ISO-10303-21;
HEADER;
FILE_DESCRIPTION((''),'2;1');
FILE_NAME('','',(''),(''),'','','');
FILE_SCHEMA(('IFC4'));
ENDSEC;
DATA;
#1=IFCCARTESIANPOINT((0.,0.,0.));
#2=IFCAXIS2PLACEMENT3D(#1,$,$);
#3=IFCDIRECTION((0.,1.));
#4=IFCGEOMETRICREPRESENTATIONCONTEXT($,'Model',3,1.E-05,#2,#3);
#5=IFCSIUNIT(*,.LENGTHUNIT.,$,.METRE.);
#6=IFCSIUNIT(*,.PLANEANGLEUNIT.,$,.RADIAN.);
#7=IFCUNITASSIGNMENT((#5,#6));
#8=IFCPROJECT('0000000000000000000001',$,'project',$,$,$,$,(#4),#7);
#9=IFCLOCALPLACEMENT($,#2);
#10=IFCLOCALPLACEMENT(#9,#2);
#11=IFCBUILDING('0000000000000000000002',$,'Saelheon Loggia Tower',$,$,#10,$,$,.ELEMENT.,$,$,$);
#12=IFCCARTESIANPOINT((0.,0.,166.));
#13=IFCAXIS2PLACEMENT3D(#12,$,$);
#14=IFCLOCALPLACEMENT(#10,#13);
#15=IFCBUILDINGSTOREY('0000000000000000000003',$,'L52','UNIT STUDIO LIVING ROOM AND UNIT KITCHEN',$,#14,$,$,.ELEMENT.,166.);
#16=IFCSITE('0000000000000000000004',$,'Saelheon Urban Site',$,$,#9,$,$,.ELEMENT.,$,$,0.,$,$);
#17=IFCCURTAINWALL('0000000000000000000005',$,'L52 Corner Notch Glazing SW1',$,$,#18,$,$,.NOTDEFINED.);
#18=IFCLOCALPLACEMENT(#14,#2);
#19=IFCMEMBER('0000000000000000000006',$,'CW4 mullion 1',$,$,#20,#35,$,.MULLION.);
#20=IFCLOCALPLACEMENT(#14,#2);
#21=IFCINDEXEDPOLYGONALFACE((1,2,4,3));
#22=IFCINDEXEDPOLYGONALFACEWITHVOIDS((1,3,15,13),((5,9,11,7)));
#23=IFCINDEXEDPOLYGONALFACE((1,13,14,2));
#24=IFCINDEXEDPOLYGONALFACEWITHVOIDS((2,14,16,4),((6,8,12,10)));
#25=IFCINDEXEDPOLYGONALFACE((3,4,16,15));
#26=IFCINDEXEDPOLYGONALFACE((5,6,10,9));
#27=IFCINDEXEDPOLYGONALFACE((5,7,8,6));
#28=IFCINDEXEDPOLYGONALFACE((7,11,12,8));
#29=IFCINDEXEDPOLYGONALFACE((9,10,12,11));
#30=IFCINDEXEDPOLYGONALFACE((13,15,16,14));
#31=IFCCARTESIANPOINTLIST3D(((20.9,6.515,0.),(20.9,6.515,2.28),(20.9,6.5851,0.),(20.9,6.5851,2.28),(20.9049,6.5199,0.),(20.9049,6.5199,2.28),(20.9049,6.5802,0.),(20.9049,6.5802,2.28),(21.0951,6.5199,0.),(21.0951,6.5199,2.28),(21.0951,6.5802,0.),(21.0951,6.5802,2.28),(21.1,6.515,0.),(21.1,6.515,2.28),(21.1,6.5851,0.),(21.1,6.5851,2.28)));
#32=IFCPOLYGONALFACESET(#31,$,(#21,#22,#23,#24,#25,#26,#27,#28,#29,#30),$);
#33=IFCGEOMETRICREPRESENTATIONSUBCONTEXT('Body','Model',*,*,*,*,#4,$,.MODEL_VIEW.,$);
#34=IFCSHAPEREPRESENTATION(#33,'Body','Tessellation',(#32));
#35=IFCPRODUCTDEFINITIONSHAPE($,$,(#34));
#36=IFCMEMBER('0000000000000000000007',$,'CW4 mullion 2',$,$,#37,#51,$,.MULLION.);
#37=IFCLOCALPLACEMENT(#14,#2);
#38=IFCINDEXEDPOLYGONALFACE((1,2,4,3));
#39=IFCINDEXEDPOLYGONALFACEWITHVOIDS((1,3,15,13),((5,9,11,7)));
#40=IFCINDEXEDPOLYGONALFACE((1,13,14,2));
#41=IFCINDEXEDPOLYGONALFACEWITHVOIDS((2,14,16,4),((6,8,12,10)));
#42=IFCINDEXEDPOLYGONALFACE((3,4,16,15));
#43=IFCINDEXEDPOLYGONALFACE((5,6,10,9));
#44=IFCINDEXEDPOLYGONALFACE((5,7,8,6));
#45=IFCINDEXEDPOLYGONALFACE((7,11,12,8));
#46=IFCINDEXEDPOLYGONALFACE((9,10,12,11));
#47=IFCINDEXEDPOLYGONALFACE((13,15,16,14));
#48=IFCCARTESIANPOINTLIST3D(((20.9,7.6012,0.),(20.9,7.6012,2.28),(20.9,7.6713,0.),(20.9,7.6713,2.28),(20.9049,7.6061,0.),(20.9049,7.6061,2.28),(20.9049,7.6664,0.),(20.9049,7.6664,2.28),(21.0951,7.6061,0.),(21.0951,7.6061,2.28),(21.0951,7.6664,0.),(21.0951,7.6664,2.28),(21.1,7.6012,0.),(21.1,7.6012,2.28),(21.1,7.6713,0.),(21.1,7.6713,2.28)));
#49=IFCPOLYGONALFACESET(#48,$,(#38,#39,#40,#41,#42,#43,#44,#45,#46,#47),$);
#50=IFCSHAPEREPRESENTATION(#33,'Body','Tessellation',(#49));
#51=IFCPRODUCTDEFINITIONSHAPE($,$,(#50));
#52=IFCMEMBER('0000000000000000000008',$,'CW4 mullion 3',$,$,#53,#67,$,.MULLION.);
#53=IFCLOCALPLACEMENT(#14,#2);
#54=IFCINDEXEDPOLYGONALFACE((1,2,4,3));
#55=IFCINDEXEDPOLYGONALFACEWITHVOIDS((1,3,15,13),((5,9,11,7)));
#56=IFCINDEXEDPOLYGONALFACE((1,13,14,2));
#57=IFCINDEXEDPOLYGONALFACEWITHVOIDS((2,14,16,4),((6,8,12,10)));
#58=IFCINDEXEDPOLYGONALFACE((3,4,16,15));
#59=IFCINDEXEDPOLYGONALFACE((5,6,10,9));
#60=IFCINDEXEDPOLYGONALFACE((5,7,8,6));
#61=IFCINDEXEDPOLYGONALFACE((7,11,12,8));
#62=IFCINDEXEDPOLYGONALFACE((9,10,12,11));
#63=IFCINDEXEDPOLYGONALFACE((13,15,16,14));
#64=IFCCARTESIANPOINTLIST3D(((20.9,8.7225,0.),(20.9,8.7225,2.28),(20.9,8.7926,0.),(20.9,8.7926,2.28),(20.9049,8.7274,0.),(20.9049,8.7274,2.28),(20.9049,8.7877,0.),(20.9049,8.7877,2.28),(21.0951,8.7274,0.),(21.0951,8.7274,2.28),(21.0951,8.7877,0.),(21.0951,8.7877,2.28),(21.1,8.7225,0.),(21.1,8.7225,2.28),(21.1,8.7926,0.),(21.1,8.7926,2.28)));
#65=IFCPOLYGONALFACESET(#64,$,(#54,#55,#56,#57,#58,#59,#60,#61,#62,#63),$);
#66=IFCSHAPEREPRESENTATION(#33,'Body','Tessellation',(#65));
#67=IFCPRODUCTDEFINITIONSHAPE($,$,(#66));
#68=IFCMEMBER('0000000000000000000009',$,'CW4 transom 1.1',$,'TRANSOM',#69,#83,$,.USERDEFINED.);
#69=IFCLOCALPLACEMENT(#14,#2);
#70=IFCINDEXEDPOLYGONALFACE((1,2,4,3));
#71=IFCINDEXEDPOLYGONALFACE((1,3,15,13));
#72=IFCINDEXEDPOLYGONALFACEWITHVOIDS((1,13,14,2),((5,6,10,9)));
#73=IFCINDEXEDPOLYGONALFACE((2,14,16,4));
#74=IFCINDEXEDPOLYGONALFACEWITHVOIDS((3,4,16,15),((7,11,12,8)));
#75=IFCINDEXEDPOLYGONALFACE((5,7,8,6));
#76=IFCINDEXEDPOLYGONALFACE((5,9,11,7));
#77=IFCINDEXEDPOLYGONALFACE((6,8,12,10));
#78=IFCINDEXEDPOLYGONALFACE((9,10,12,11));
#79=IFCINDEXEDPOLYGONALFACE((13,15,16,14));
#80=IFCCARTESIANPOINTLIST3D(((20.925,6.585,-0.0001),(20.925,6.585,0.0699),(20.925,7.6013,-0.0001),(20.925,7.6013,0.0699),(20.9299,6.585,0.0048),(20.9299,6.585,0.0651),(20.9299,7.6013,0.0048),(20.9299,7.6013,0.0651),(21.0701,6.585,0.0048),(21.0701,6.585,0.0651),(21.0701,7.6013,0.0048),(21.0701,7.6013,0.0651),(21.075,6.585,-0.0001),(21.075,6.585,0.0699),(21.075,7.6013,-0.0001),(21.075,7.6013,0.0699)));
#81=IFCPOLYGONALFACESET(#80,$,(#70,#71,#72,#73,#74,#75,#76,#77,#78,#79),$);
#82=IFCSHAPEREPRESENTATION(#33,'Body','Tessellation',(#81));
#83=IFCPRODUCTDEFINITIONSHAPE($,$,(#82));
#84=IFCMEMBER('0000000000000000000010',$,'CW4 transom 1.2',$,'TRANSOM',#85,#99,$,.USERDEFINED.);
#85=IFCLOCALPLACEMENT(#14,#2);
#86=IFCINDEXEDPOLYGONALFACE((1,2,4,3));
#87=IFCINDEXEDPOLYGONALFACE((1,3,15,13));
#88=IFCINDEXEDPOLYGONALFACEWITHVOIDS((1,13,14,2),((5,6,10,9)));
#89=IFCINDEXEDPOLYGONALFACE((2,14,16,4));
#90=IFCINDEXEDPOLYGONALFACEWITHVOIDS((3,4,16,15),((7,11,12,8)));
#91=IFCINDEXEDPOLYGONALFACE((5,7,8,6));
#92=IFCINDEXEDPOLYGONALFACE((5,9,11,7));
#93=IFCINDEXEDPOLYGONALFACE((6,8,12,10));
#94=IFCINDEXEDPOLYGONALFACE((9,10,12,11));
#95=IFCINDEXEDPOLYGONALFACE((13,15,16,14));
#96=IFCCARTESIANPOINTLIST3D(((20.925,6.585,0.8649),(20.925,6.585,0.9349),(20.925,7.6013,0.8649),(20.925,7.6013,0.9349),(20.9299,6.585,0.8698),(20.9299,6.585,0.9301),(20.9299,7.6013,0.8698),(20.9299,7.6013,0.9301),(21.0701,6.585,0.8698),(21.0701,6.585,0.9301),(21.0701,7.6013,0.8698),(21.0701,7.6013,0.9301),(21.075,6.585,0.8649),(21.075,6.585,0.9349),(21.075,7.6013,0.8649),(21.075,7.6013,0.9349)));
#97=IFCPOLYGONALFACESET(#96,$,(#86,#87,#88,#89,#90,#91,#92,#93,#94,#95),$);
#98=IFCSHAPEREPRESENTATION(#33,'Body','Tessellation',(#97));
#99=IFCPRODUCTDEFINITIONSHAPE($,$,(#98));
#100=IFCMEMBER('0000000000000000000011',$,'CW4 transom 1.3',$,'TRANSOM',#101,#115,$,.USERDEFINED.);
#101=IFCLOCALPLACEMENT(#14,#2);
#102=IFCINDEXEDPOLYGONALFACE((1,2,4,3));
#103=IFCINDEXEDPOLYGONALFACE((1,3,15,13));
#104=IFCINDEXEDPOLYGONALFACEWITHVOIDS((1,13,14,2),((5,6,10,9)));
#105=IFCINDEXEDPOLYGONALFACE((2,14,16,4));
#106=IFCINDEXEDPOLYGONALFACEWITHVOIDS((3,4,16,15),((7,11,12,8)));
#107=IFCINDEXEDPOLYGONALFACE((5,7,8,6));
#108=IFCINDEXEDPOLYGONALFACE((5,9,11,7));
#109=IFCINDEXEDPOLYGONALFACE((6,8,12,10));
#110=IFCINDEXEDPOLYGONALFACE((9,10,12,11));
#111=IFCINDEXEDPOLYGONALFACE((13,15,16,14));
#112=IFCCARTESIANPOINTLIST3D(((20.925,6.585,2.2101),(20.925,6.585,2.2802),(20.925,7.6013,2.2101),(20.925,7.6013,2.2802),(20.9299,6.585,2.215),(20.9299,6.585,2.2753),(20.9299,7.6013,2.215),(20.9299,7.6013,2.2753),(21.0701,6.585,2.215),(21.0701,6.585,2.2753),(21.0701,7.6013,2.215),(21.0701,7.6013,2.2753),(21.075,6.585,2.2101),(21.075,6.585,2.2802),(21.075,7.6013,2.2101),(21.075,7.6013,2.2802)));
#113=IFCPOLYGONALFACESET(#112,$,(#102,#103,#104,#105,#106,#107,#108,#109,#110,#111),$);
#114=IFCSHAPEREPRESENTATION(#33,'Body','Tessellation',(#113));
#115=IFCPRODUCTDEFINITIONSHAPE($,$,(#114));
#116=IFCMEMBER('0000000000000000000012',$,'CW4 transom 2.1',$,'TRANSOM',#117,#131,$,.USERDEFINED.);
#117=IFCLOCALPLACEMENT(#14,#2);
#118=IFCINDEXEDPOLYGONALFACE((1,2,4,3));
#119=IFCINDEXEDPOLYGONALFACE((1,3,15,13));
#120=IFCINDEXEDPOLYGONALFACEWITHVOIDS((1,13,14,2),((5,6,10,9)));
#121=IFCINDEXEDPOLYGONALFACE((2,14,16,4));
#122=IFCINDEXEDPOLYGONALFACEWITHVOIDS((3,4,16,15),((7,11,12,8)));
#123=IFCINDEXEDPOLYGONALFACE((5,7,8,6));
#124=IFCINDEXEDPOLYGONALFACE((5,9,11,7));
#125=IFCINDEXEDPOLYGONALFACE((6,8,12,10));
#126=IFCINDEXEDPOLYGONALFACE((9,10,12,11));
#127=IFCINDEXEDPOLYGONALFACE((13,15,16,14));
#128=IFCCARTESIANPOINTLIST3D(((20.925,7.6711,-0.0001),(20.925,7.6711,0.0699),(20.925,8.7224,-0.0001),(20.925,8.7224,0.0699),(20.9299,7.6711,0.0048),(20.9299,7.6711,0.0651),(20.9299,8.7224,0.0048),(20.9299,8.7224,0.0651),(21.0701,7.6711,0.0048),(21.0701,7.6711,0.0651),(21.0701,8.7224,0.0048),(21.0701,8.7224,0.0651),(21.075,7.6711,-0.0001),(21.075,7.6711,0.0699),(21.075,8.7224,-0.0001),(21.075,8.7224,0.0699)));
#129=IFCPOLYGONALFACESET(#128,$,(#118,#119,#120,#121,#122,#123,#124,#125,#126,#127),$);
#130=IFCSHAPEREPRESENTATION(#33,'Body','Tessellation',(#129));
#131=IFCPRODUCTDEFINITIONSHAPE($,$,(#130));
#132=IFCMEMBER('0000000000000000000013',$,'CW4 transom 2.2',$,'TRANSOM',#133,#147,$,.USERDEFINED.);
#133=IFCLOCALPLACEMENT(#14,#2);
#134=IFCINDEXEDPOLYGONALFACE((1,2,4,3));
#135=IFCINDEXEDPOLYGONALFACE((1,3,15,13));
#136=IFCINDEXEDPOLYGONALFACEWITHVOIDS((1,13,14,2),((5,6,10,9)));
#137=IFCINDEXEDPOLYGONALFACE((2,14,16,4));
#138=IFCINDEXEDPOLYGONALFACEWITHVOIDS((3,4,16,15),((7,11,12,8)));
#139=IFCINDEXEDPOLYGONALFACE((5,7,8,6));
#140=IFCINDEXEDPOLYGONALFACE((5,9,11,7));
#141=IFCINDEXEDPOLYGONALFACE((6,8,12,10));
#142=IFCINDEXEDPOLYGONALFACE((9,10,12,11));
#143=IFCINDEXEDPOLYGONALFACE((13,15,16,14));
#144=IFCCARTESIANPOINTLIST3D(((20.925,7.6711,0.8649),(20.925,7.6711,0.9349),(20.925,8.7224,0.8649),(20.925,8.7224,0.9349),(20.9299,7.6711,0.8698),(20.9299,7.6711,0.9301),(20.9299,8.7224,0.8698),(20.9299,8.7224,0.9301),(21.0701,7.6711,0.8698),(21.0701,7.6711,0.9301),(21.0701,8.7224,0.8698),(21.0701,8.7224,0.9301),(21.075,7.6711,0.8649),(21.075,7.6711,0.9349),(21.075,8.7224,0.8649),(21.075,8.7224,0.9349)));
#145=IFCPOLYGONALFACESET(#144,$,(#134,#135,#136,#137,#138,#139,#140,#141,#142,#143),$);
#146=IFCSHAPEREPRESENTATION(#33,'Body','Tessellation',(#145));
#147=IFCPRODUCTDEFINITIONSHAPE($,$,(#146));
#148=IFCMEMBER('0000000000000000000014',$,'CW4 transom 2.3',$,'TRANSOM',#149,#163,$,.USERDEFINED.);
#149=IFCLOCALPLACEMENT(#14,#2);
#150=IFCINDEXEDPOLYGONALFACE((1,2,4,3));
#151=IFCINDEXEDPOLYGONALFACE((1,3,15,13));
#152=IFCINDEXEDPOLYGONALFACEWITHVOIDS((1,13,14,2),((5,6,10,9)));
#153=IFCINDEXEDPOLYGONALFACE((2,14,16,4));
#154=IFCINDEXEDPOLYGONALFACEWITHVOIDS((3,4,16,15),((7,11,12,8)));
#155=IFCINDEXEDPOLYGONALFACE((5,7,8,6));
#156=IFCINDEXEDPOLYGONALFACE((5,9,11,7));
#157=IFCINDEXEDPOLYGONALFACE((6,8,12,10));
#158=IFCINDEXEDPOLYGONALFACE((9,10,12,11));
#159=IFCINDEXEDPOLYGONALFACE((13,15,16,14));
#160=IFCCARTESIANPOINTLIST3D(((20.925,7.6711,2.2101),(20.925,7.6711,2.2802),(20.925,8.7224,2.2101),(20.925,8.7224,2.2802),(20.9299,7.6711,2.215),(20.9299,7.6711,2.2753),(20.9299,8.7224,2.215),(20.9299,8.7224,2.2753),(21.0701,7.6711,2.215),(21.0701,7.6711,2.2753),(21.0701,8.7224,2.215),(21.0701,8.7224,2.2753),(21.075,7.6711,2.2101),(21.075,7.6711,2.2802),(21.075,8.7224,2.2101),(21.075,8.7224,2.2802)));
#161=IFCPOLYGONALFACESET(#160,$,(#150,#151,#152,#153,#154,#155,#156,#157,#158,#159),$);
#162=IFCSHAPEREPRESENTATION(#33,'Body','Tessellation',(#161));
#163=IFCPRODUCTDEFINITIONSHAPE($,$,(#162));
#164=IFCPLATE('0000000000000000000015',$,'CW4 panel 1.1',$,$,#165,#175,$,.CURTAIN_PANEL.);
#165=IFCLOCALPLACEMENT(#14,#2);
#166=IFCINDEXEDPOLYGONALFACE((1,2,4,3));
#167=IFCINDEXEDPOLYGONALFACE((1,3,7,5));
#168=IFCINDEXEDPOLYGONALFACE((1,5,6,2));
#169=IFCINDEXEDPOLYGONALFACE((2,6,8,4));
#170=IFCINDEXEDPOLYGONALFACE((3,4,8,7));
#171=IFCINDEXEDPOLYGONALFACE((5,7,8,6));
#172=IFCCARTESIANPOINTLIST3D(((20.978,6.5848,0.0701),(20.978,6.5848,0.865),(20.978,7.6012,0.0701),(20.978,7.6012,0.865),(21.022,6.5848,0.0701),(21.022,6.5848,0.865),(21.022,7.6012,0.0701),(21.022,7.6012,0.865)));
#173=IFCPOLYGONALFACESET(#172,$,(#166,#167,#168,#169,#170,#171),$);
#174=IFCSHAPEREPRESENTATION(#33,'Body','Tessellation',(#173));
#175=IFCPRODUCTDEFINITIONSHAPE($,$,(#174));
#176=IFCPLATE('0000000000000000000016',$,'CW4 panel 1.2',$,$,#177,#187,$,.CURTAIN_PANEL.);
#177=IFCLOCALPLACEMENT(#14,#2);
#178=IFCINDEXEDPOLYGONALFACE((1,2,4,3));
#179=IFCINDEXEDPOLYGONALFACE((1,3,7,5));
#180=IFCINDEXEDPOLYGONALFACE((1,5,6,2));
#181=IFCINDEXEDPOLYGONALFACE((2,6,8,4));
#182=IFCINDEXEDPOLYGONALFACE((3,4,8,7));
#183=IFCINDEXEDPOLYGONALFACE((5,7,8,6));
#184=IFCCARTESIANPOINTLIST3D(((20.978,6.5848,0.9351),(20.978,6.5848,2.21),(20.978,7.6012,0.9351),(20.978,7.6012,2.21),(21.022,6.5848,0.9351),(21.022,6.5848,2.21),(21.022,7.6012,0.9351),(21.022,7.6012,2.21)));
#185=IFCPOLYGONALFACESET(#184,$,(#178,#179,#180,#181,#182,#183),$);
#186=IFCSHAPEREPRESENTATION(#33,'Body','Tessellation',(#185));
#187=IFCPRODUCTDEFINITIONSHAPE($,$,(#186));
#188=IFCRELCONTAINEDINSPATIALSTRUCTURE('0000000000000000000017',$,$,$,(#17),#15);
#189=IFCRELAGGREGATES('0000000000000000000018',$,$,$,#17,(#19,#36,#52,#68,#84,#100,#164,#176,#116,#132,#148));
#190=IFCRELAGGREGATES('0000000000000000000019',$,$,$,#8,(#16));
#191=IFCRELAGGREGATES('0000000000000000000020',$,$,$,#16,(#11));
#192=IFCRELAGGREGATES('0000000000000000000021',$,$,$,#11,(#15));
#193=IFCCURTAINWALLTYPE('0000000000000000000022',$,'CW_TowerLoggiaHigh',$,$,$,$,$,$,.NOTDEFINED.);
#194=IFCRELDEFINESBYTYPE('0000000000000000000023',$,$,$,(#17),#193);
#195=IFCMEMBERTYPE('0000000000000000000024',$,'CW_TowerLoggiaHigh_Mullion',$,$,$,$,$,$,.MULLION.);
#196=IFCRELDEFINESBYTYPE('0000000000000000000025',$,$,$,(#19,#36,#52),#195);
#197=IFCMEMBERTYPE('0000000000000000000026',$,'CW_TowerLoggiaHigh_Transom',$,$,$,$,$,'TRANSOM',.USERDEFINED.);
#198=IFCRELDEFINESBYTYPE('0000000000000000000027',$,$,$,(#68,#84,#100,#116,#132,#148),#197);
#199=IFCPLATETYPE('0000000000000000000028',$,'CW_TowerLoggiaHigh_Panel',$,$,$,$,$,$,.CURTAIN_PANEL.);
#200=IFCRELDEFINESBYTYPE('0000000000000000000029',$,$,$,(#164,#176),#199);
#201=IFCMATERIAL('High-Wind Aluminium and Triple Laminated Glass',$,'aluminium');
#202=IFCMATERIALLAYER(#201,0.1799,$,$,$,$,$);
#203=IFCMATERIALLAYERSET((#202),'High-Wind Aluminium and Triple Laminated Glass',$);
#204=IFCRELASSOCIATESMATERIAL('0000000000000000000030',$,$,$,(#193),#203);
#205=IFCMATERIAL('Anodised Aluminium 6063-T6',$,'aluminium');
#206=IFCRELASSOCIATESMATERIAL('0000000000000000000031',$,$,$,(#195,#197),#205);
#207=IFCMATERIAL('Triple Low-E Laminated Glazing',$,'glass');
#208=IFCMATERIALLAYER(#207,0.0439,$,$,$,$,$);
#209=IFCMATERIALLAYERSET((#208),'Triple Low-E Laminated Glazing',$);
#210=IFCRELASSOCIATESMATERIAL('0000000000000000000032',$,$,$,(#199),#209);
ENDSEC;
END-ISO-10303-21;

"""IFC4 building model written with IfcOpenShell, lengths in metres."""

from ifc_helpers import new_model, si_unit, direction, frame, origin, origin_2d, place, context, subcontext, project, spatial, rectangle, hollow_rectangle, extrude, source, transform, mapped, material, layer, layer_set, material_profile, profile_set, type_object, element, aggregate, save


model = new_model("IFC4")

# Units and contexts
model_context = context("Model", 3, precision=1e-05, world=origin(), true_north=direction((0.0, 1.0)))
body_context = subcontext(model_context, "Body", "Model", "MODEL_VIEW")
ifc_project = project(units=[si_unit("LENGTHUNIT", "METRE"), si_unit("PLANEANGLEUNIT", "RADIAN")], contexts=[model_context])

# Site, building, storey
site_placement = place(None, origin())
site = spatial("IfcSite", under=ifc_project, at=site_placement, Name="Saelheon Urban Site", CompositionType="ELEMENT", RefElevation=0.0)
building_placement = place(site_placement, origin())
building = spatial("IfcBuilding", under=site, at=building_placement, Name="Saelheon Loggia Tower", CompositionType="ELEMENT")
storey_placement = place(building_placement, frame((0.0, 0.0, 166.0)))
storey = spatial("IfcBuildingStorey", under=building, at=storey_placement, Name="L52", Description="UNIT STUDIO LIVING ROOM AND UNIT KITCHEN", CompositionType="ELEMENT", Elevation=166.0)

# Curtain wall, members, plates
ifc_material_1 = material(Name="High-Wind Aluminium and Triple Laminated Glass", Category="aluminium")
ifc_layer_1 = layer(ifc_material_1, 0.1799)
ifc_layer_set_1 = layer_set([ifc_layer_1], Name="High-Wind Aluminium and Triple Laminated Glass")
curtain_wall_type = type_object("IfcCurtainWallType", Name="CW_TowerLoggiaHigh", PredefinedType="NOTDEFINED", material=ifc_layer_set_1)
curtain_wall_placement = place(storey_placement, origin())
curtain_wall = element("IfcCurtainWall", 1, at=curtain_wall_placement, inside=storey, type_object=curtain_wall_type, Name="L52 Corner Notch Glazing SW1", PredefinedType="NOTDEFINED")
ifc_material_2 = material(Name="Anodised Aluminium 6063-T6", Category="aluminium")
ifc_material_profile_1 = material_profile(ifc_material_2, hollow_rectangle(XDim=0.0701, YDim=0.2, WallThickness=0.0049, at=origin_2d()), Name="RHS-200x70x5")
ifc_profile_set_1 = profile_set([ifc_material_profile_1], Name="Anodised Aluminium 6063-T6")
member_type_1 = type_object("IfcMemberType", Name="CW_TowerLoggiaHigh_Mullion", PredefinedType="MULLION", material=ifc_profile_set_1)
shared_shape_1 = source(origin(), body_context, "Body", "SweptSolid", [
    extrude(hollow_rectangle(XDim=0.0701, YDim=0.2, WallThickness=0.0049, at=origin_2d()), origin(), (0.0, 0.0, 1.0), 2.28),
])
member_1_placement = place(storey_placement, frame((21.0, 6.55, 0.0), z_axis=(0.0, 0.0, 1.0), x_axis=(0.0, 1.0, 0.0)))
member_1 = element("IfcMember", 2, at=member_1_placement, type_object=member_type_1, Name="CW4 mullion 1", PredefinedType="MULLION", context=body_context, shape_type="MappedRepresentation", body=[
    mapped(shared_shape_1, transform((0.0, 0.0, 0.0), scale=1.0)),
])
member_2_placement = place(storey_placement, frame((21.0, 7.6362, 0.0), z_axis=(0.0, 0.0, 1.0), x_axis=(0.0, 1.0, 0.0)))
member_2 = element("IfcMember", 3, at=member_2_placement, type_object=member_type_1, Name="CW4 mullion 2", PredefinedType="MULLION", context=body_context, shape_type="MappedRepresentation", body=[
    mapped(shared_shape_1, transform((0.0, 0.0, 0.0), scale=1.0)),
])
member_3_placement = place(storey_placement, frame((21.0, 8.7576, 0.0), z_axis=(0.0, 0.0, 1.0), x_axis=(0.0, 1.0, 0.0)))
member_3 = element("IfcMember", 4, at=member_3_placement, type_object=member_type_1, Name="CW4 mullion 3", PredefinedType="MULLION", context=body_context, shape_type="MappedRepresentation", body=[
    mapped(shared_shape_1, transform((0.0, 0.0, 0.0), scale=1.0)),
])
ifc_material_profile_2 = material_profile(ifc_material_2, hollow_rectangle(XDim=0.0701, YDim=0.1499, WallThickness=0.0049, at=origin_2d()), Name="RHS-150x70x5")
ifc_profile_set_2 = profile_set([ifc_material_profile_2], Name="Anodised Aluminium 6063-T6")
member_type_2 = type_object("IfcMemberType", Name="CW_TowerLoggiaHigh_Transom", ElementType="TRANSOM", PredefinedType="USERDEFINED", material=ifc_profile_set_2)
shared_shape_2 = source(origin(), body_context, "Body", "SweptSolid", [
    extrude(hollow_rectangle(XDim=0.0701, YDim=0.1499, WallThickness=0.0049, at=origin_2d()), origin(), (0.0, 0.0, 1.0), 1.0164),
])
member_4_placement = place(storey_placement, frame((21.0, 6.585, 0.0349), z_axis=(0.0, 1.0, 0.0), x_axis=(0.0, 0.0, 1.0)))
member_4 = element("IfcMember", 5, at=member_4_placement, type_object=member_type_2, Name="CW4 transom 1.1", ObjectType="TRANSOM", PredefinedType="USERDEFINED", context=body_context, shape_type="MappedRepresentation", body=[
    mapped(shared_shape_2, transform((0.0, 0.0, 0.0), scale=1.0)),
])
member_5_placement = place(storey_placement, frame((21.0, 6.585, 0.8999), z_axis=(0.0, 1.0, 0.0), x_axis=(0.0, 0.0, 1.0)))
member_5 = element("IfcMember", 6, at=member_5_placement, type_object=member_type_2, Name="CW4 transom 1.2", ObjectType="TRANSOM", PredefinedType="USERDEFINED", context=body_context, shape_type="MappedRepresentation", body=[
    mapped(shared_shape_2, transform((0.0, 0.0, 0.0), scale=1.0)),
])
member_6_placement = place(storey_placement, frame((21.0, 6.585, 2.2451), z_axis=(0.0, 1.0, 0.0), x_axis=(0.0, 0.0, 1.0)))
member_6 = element("IfcMember", 7, at=member_6_placement, type_object=member_type_2, Name="CW4 transom 1.3", ObjectType="TRANSOM", PredefinedType="USERDEFINED", context=body_context, shape_type="MappedRepresentation", body=[
    mapped(shared_shape_2, transform((0.0, 0.0, 0.0), scale=1.0)),
])
shared_shape_3 = source(origin(), body_context, "Body", "SweptSolid", [
    extrude(hollow_rectangle(XDim=0.0701, YDim=0.1499, WallThickness=0.0049, at=origin_2d()), origin(), (0.0, 0.0, 1.0), 1.0513),
])
member_7_placement = place(storey_placement, frame((21.0, 7.6711, 0.0349), z_axis=(0.0, 1.0, 0.0), x_axis=(0.0, 0.0, 1.0)))
member_7 = element("IfcMember", 8, at=member_7_placement, type_object=member_type_2, Name="CW4 transom 2.1", ObjectType="TRANSOM", PredefinedType="USERDEFINED", context=body_context, shape_type="MappedRepresentation", body=[
    mapped(shared_shape_3, transform((0.0, 0.0, 0.0), scale=1.0)),
])
member_8_placement = place(storey_placement, frame((21.0, 7.6711, 0.8999), z_axis=(0.0, 1.0, 0.0), x_axis=(0.0, 0.0, 1.0)))
member_8 = element("IfcMember", 9, at=member_8_placement, type_object=member_type_2, Name="CW4 transom 2.2", ObjectType="TRANSOM", PredefinedType="USERDEFINED", context=body_context, shape_type="MappedRepresentation", body=[
    mapped(shared_shape_3, transform((0.0, 0.0, 0.0), scale=1.0)),
])
member_9_placement = place(storey_placement, frame((21.0, 7.6711, 2.2451), z_axis=(0.0, 1.0, 0.0), x_axis=(0.0, 0.0, 1.0)))
member_9 = element("IfcMember", 10, at=member_9_placement, type_object=member_type_2, Name="CW4 transom 2.3", ObjectType="TRANSOM", PredefinedType="USERDEFINED", context=body_context, shape_type="MappedRepresentation", body=[
    mapped(shared_shape_3, transform((0.0, 0.0, 0.0), scale=1.0)),
])
ifc_material_3 = material(Name="Triple Low-E Laminated Glazing", Category="glass")
ifc_layer_2 = layer(ifc_material_3, 0.0439)
ifc_layer_set_2 = layer_set([ifc_layer_2], Name="Triple Low-E Laminated Glazing")
plate_type = type_object("IfcPlateType", Name="CW_TowerLoggiaHigh_Panel", PredefinedType="CURTAIN_PANEL", material=ifc_layer_set_2)
shared_shape_4 = source(origin(), body_context, "Body", "SweptSolid", [
    extrude(rectangle(XDim=1.0164, YDim=0.0439, at=origin_2d()), origin(), (0.0, 0.0, 1.0), 0.7949),
])
plate_1_placement = place(storey_placement, frame((21.0, 7.093, 0.0701), z_axis=(0.0, 0.0, 1.0), x_axis=(0.0, 1.0, 0.0)))
plate_1 = element("IfcPlate", 11, at=plate_1_placement, type_object=plate_type, Name="CW4 panel 1.1", PredefinedType="CURTAIN_PANEL", context=body_context, shape_type="MappedRepresentation", body=[
    mapped(shared_shape_4, transform((0.0, 0.0, 0.0), scale=1.0)),
])
shared_shape_5 = source(origin(), body_context, "Body", "SweptSolid", [
    extrude(rectangle(XDim=1.0164, YDim=0.0439, at=origin_2d()), origin(), (0.0, 0.0, 1.0), 1.2749),
])
plate_2_placement = place(storey_placement, frame((21.0, 7.093, 0.9351), z_axis=(0.0, 0.0, 1.0), x_axis=(0.0, 1.0, 0.0)))
plate_2 = element("IfcPlate", 12, at=plate_2_placement, type_object=plate_type, Name="CW4 panel 1.2", PredefinedType="CURTAIN_PANEL", context=body_context, shape_type="MappedRepresentation", body=[
    mapped(shared_shape_5, transform((0.0, 0.0, 0.0), scale=1.0)),
])
aggregate(curtain_wall, [member_1, member_2, member_3, member_4, member_5, member_6, plate_1, plate_2, member_7, member_8, member_9])

save(model, "model.ifc")
